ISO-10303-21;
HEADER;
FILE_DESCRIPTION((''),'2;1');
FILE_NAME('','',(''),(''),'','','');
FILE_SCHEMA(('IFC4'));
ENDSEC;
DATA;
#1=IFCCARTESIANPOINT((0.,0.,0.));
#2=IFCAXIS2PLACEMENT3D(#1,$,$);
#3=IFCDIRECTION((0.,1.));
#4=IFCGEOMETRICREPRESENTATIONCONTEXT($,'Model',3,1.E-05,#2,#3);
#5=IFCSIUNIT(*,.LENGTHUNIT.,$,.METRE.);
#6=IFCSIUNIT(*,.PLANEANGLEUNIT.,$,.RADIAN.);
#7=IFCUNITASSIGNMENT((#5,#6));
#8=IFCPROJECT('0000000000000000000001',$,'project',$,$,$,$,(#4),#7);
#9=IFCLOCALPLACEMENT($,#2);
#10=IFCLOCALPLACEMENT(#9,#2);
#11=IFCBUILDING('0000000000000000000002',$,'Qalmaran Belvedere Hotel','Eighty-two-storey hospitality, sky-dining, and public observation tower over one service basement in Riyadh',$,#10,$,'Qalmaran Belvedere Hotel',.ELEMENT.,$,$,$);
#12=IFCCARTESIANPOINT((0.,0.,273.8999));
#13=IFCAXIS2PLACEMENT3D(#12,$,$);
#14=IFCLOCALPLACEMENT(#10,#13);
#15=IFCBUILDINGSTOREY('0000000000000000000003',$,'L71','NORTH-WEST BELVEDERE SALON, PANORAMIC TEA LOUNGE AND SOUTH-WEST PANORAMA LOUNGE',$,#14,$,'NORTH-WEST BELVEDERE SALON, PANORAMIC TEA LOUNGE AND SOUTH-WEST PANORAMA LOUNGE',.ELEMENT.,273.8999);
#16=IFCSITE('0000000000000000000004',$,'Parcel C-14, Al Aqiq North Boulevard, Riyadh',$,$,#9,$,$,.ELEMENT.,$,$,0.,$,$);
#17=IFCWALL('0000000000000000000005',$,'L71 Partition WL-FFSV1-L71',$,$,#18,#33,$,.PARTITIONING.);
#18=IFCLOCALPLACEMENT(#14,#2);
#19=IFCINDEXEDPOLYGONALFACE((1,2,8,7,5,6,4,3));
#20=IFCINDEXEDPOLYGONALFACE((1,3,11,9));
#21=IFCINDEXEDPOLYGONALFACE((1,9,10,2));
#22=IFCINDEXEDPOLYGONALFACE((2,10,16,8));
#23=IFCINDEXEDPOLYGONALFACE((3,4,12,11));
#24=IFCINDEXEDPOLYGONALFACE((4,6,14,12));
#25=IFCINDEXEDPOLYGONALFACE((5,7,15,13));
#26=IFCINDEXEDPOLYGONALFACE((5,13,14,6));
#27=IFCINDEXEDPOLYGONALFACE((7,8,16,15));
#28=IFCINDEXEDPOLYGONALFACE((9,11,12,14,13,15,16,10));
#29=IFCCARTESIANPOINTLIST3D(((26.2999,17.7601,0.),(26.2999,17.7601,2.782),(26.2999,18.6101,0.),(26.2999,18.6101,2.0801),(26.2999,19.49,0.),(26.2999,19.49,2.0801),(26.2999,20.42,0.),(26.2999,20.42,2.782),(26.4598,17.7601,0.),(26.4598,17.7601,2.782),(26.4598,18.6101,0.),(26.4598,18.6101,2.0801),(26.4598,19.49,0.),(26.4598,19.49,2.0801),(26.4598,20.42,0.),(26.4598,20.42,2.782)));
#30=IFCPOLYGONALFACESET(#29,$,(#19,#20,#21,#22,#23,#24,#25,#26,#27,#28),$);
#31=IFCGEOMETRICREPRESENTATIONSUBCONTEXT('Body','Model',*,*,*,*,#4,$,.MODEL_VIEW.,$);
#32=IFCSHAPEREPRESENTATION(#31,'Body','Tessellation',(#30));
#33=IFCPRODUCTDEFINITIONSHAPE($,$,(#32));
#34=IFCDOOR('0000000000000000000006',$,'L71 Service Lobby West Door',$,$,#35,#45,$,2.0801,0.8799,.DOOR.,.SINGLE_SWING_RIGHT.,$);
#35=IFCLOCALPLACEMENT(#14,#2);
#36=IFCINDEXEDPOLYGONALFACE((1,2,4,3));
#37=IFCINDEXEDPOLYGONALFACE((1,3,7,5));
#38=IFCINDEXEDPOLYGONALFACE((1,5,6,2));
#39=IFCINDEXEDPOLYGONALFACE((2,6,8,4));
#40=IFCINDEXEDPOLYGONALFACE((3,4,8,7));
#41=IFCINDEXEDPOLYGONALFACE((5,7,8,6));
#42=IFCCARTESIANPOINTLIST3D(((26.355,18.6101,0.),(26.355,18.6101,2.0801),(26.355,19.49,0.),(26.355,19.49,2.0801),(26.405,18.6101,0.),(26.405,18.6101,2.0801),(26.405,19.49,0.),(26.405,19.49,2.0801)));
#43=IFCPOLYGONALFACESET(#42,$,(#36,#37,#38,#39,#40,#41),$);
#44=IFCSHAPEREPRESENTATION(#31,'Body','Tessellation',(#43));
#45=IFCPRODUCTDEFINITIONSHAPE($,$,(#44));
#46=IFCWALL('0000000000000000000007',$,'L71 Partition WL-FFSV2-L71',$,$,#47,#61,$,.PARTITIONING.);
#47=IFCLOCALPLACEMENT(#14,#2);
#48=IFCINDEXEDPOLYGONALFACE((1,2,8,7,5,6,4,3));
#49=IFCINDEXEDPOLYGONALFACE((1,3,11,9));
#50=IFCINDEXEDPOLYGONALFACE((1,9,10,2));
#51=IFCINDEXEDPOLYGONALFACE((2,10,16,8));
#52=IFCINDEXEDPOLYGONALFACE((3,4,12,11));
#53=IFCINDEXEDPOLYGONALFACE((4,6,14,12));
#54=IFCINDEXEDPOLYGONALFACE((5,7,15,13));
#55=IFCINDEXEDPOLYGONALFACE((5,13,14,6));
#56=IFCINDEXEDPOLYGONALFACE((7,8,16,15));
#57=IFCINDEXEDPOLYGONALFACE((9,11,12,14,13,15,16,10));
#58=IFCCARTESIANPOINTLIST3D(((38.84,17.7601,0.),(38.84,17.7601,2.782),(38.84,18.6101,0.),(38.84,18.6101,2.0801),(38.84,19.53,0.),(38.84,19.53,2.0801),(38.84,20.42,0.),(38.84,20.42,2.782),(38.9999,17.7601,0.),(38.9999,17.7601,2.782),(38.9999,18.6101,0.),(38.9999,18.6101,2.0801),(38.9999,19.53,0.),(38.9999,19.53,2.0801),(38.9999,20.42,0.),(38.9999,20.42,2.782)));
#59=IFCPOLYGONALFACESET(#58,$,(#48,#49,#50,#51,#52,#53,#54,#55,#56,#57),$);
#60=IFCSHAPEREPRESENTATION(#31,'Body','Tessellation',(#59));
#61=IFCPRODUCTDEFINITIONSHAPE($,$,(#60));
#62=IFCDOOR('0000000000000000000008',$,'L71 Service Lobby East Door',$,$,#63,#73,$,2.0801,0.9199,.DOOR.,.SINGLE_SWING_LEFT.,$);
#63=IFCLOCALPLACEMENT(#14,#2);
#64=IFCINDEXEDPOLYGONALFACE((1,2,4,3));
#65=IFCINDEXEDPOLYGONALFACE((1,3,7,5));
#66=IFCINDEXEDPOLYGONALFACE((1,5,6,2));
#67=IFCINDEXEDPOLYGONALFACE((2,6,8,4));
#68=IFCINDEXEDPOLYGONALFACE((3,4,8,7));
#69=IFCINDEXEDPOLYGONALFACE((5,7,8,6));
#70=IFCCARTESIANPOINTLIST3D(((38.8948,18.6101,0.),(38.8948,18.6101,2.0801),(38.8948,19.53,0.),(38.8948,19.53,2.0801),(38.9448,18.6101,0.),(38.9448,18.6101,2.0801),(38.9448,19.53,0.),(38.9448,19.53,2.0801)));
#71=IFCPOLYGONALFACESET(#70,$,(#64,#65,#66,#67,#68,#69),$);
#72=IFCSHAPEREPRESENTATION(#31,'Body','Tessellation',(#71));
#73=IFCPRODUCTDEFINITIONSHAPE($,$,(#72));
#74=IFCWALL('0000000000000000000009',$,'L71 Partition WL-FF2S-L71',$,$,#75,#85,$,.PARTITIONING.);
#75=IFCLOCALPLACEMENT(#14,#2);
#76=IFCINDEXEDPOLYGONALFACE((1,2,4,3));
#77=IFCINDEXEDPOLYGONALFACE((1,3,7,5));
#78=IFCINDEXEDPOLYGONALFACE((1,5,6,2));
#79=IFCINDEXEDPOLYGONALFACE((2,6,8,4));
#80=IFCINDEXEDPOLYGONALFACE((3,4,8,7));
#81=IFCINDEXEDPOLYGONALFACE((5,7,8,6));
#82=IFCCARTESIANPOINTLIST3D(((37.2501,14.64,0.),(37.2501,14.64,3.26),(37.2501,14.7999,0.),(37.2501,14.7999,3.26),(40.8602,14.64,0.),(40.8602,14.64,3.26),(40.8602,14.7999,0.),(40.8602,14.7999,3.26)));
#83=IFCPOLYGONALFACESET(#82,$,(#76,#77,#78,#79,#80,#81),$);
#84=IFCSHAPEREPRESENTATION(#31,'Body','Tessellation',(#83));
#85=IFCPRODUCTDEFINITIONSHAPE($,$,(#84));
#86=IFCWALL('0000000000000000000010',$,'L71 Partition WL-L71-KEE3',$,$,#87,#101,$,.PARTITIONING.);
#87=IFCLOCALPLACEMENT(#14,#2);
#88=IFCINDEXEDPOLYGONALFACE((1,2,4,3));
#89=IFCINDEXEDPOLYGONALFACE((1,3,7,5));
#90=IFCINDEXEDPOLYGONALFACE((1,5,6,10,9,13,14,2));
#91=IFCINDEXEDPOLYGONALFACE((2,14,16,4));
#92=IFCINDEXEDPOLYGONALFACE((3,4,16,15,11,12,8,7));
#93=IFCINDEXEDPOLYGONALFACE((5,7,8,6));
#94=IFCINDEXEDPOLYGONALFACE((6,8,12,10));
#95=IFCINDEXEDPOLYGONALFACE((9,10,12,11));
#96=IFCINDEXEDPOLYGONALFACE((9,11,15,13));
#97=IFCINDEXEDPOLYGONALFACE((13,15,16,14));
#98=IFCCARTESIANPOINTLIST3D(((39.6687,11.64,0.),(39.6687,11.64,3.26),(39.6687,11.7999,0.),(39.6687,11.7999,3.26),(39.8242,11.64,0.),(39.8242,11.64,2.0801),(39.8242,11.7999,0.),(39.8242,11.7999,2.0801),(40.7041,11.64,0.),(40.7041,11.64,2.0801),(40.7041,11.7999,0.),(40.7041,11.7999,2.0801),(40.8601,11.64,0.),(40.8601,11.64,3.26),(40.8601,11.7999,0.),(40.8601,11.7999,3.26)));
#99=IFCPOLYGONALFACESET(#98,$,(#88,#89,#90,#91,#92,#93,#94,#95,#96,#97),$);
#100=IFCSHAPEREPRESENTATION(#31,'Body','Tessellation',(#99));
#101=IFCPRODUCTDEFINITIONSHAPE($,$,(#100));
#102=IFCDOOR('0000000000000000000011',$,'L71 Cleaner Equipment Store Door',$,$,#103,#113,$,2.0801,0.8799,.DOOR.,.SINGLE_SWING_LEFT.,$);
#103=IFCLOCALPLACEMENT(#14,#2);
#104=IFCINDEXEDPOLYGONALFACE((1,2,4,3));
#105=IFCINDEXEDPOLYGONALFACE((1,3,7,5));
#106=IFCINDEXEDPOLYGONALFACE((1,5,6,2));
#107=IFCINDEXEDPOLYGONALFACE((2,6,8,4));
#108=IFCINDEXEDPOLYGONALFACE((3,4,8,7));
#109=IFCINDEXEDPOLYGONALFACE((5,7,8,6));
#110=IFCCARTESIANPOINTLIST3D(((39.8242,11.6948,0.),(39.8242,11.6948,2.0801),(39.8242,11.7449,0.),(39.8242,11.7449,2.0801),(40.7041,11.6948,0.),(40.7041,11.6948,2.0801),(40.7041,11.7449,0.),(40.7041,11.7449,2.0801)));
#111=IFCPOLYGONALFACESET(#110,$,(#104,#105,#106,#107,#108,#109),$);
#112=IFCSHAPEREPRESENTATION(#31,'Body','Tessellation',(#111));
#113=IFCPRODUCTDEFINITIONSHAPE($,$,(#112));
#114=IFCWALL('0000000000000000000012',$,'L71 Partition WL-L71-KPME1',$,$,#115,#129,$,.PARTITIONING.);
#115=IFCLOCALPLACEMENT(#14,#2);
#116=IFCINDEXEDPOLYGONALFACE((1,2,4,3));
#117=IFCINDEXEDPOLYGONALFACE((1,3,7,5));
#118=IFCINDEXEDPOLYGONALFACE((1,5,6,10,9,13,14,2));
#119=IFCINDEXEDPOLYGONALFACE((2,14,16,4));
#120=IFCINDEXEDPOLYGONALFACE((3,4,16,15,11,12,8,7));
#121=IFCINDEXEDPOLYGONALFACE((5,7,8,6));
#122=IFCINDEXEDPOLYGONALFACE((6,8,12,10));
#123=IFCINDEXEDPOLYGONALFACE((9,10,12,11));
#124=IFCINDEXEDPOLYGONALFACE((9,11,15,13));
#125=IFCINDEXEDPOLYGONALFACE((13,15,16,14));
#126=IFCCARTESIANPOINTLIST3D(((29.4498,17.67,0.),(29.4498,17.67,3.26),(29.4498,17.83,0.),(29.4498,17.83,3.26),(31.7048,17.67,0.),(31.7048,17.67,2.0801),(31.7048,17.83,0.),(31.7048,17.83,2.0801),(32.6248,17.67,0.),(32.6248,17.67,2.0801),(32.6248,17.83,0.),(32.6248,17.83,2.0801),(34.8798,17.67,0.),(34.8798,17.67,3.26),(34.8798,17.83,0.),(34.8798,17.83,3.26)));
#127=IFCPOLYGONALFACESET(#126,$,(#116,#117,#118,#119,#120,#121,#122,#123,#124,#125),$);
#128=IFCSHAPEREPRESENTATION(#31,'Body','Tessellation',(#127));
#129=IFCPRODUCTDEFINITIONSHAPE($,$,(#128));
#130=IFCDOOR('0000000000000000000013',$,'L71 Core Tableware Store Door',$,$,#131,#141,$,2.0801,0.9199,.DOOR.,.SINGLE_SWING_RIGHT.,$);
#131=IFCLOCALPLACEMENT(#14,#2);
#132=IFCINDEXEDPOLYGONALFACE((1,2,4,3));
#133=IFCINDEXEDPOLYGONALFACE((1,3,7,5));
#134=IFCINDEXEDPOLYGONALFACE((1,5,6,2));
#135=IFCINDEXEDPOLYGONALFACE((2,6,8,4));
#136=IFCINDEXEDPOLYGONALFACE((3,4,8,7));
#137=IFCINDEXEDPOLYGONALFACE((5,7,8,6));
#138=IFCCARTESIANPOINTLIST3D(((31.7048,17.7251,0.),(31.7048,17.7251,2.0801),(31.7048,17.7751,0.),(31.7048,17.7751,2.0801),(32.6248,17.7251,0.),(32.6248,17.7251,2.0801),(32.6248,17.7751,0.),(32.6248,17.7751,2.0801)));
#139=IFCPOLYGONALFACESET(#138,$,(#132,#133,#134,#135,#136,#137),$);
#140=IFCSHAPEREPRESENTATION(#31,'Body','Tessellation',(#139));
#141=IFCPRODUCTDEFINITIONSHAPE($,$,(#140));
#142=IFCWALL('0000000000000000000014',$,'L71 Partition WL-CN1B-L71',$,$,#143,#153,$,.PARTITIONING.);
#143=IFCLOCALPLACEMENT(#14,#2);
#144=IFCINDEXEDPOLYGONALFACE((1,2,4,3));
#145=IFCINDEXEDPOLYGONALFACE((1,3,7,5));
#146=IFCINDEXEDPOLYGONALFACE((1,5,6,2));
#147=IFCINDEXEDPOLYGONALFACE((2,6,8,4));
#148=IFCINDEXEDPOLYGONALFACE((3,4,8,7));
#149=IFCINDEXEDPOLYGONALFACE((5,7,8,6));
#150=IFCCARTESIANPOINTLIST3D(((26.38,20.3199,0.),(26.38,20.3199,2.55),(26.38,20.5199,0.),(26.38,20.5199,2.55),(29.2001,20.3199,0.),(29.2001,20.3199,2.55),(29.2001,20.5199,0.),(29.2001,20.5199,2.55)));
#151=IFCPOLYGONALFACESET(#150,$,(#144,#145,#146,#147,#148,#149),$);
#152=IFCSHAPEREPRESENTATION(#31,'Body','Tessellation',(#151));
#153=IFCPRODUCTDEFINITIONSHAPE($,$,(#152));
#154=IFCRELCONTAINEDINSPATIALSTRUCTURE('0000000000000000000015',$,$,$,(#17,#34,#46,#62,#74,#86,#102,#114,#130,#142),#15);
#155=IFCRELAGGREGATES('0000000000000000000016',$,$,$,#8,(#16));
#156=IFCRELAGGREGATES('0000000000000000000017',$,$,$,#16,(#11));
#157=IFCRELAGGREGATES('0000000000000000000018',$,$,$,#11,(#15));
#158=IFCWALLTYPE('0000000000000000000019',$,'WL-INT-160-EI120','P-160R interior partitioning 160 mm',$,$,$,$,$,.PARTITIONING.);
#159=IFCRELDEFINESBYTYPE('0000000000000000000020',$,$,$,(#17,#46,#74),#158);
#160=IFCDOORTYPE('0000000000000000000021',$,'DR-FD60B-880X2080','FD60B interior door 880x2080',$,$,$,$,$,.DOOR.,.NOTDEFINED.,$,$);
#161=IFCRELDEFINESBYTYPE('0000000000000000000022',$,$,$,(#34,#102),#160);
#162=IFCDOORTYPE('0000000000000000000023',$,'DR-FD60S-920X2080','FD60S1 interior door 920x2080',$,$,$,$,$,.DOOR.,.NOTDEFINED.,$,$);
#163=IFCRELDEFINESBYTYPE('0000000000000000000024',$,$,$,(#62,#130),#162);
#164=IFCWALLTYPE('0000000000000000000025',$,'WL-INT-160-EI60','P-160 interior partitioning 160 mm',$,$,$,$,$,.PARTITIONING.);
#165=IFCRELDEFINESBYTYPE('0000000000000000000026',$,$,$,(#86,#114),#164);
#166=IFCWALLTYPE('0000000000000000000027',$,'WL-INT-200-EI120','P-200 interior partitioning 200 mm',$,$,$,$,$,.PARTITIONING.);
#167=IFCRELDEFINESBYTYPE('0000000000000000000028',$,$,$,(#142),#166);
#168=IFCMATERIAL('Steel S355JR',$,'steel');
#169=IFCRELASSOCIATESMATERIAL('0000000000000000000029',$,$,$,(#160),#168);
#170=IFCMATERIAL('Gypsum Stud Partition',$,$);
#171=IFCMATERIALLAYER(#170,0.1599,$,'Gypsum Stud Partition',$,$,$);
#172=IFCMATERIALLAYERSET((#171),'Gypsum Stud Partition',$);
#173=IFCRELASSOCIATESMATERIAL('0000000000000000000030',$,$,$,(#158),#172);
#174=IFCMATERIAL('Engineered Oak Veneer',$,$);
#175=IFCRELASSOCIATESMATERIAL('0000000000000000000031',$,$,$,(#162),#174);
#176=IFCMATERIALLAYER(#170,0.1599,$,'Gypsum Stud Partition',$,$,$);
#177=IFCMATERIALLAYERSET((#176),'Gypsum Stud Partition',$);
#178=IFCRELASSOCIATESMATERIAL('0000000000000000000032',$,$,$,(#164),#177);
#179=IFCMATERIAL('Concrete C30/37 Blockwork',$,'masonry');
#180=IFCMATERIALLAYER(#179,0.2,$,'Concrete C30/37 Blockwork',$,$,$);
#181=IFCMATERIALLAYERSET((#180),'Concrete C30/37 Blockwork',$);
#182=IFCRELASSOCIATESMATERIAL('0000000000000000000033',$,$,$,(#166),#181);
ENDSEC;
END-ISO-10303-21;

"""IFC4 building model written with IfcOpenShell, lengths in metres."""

from ifc_helpers import new_model, si_unit, direction, frame, frame_2d, origin, place, context, subcontext, project, spatial, rectangle, extrude, material, layer, layer_set, type_object, element, fill, save


model = new_model("IFC4")

# Units and contexts
model_context = context("Model", 3, precision=1e-05, world=origin(), true_north=direction((0.0, 1.0)))
body_context = subcontext(model_context, "Body", "Model", "MODEL_VIEW")
ifc_project = project(units=[si_unit("LENGTHUNIT", "METRE"), si_unit("PLANEANGLEUNIT", "RADIAN")], contexts=[model_context])

# Site, building, storey
site_placement = place(None, origin())
site = spatial("IfcSite", under=ifc_project, at=site_placement, Name="Parcel C-14, Al Aqiq North Boulevard, Riyadh", CompositionType="ELEMENT", RefElevation=0.0)
building_placement = place(site_placement, origin())
building = spatial("IfcBuilding", under=site, at=building_placement, Name="Qalmaran Belvedere Hotel", Description="Eighty-two-storey hospitality, sky-dining, and public observation tower over one service basement in Riyadh", LongName="Qalmaran Belvedere Hotel", CompositionType="ELEMENT")
storey_placement = place(building_placement, frame((0.0, 0.0, 273.8999)))
storey = spatial("IfcBuildingStorey", under=building, at=storey_placement, Name="L71", Description="NORTH-WEST BELVEDERE SALON, PANORAMIC TEA LOUNGE AND SOUTH-WEST PANORAMA LOUNGE", LongName="NORTH-WEST BELVEDERE SALON, PANORAMIC TEA LOUNGE AND SOUTH-WEST PANORAMA LOUNGE", CompositionType="ELEMENT", Elevation=273.8999)

# Shared definitions
ifc_material_1 = material(Name="Steel S355JR", Category="steel")

# Shared definitions
ifc_material_2 = material(Name="Gypsum Stud Partition")

# Walls, openings, doors
door_type_1 = type_object("IfcDoorType", Name="DR-FD60B-880X2080", Description="FD60B interior door 880x2080", OperationType="NOTDEFINED", PredefinedType="DOOR", material=ifc_material_1)
ifc_layer_1 = layer(ifc_material_2, 0.1599, Name="Gypsum Stud Partition")
ifc_layer_set_1 = layer_set([ifc_layer_1], Name="Gypsum Stud Partition")
wall_type_1 = type_object("IfcWallType", Name="WL-INT-160-EI120", Description="P-160R interior partitioning 160 mm", PredefinedType="PARTITIONING", material=ifc_layer_set_1)
wall_1_placement = place(storey_placement, frame((26.3799, 17.76, 0.0), z_axis=(0.0, 0.0, 1.0), x_axis=(0.0, 1.0, 0.0)))
wall_1 = element("IfcWall", 1, at=wall_1_placement, inside=storey, type_object=wall_type_1, Name="L71 Partition WL-FFSV1-L71", PredefinedType="PARTITIONING", context=body_context, shape_type="SweptSolid", body=[
    extrude(rectangle(XDim=2.6599, YDim=0.1599, at=frame_2d((1.3301, 0.0))), origin(), (0.0, 0.0, 1.0), 2.782),
])
opening_1_placement = place(wall_1_placement, frame((0.8501, 0.0, 0.0)))
opening_1 = element("IfcOpeningElement", 2, at=opening_1_placement, cuts=wall_1, PredefinedType="OPENING", context=body_context, shape_type="SweptSolid", body=[
    extrude(rectangle(XDim=0.8799, YDim=2.0801, at=frame_2d((0.4399, 1.04))), frame((0.0, 0.0898, 0.0), z_axis=(0.0, -1.0, 0.0), x_axis=(1.0, 0.0, 0.0)), (0.0, 0.0, 1.0), 0.1799),
])
door_1_placement = place(opening_1_placement, origin())
door_1 = element("IfcDoor", 3, at=door_1_placement, inside=storey, type_object=door_type_1, Name="L71 Service Lobby West Door", OperationType="SINGLE_SWING_RIGHT", OverallHeight=2.0801, OverallWidth=0.8799, PredefinedType="DOOR", context=body_context, shape_type="SweptSolid", body=[
    extrude(rectangle(XDim=0.8799, YDim=2.0801, at=frame_2d((0.4399, 1.04))), frame((0.0, 0.0249, 0.0), z_axis=(0.0, -1.0, 0.0), x_axis=(1.0, 0.0, 0.0)), (0.0, 0.0, 1.0), 0.05),
])
fill(opening_1, door_1)
wall_2_placement = place(storey_placement, frame((38.9199, 17.76, 0.0), z_axis=(0.0, 0.0, 1.0), x_axis=(0.0, 1.0, 0.0)))
wall_2 = element("IfcWall", 4, at=wall_2_placement, inside=storey, type_object=wall_type_1, Name="L71 Partition WL-FFSV2-L71", PredefinedType="PARTITIONING", context=body_context, shape_type="SweptSolid", body=[
    extrude(rectangle(XDim=2.6599, YDim=0.1599, at=frame_2d((1.3301, 0.0))), origin(), (0.0, 0.0, 1.0), 2.782),
])
opening_2_placement = place(wall_2_placement, frame((1.77, 0.0, 0.0), z_axis=(0.0, 0.0, 1.0), x_axis=(-1.0, 0.0, 0.0)))
opening_2 = element("IfcOpeningElement", 5, at=opening_2_placement, cuts=wall_2, PredefinedType="OPENING", context=body_context, shape_type="SweptSolid", body=[
    extrude(rectangle(XDim=0.9199, YDim=2.0801, at=frame_2d((0.46, 1.04))), frame((0.0, 0.0898, 0.0), z_axis=(0.0, -1.0, 0.0), x_axis=(1.0, 0.0, 0.0)), (0.0, 0.0, 1.0), 0.1799),
])
ifc_material_3 = material(Name="Engineered Oak Veneer")
door_type_2 = type_object("IfcDoorType", Name="DR-FD60S-920X2080", Description="FD60S1 interior door 920x2080", OperationType="NOTDEFINED", PredefinedType="DOOR", material=ifc_material_3)
door_2_placement = place(opening_2_placement, origin())
door_2 = element("IfcDoor", 6, at=door_2_placement, inside=storey, type_object=door_type_2, Name="L71 Service Lobby East Door", OperationType="SINGLE_SWING_LEFT", OverallHeight=2.0801, OverallWidth=0.9199, PredefinedType="DOOR", context=body_context, shape_type="SweptSolid", body=[
    extrude(rectangle(XDim=0.9199, YDim=2.0801, at=frame_2d((0.46, 1.04))), frame((0.0, 0.0249, 0.0), z_axis=(0.0, -1.0, 0.0), x_axis=(1.0, 0.0, 0.0)), (0.0, 0.0, 1.0), 0.05),
])
fill(opening_2, door_2)

# Wall
wall_3_placement = place(storey_placement, frame((37.25, 14.72, 0.0), z_axis=(0.0, 0.0, 1.0), x_axis=(1.0, 0.0, 0.0)))
element("IfcWall", 7, at=wall_3_placement, inside=storey, type_object=wall_type_1, Name="L71 Partition WL-FF2S-L71", PredefinedType="PARTITIONING", context=body_context, shape_type="SweptSolid", body=[
    extrude(rectangle(XDim=3.6101, YDim=0.1599, at=frame_2d((1.8052, 0.0))), origin(), (0.0, 0.0, 1.0), 3.26),
])

# Walls, openings, doors
ifc_layer_2 = layer(ifc_material_2, 0.1599, Name="Gypsum Stud Partition")
ifc_layer_set_2 = layer_set([ifc_layer_2], Name="Gypsum Stud Partition")
wall_type_2 = type_object("IfcWallType", Name="WL-INT-160-EI60", Description="P-160 interior partitioning 160 mm", PredefinedType="PARTITIONING", material=ifc_layer_set_2)
wall_4_placement = place(storey_placement, frame((39.6687, 11.72, 0.0), z_axis=(0.0, 0.0, 1.0), x_axis=(1.0, 0.0, 0.0)))
wall_4 = element("IfcWall", 8, at=wall_4_placement, inside=storey, type_object=wall_type_2, Name="L71 Partition WL-L71-KEE3", PredefinedType="PARTITIONING", context=body_context, shape_type="SweptSolid", body=[
    extrude(rectangle(XDim=1.1914, YDim=0.1599, at=frame_2d((0.5957, 0.0))), origin(), (0.0, 0.0, 1.0), 3.26),
])
opening_3_placement = place(wall_4_placement, frame((0.1555, 0.0, 0.0)))
opening_3 = element("IfcOpeningElement", 9, at=opening_3_placement, cuts=wall_4, PredefinedType="OPENING", context=body_context, shape_type="SweptSolid", body=[
    extrude(rectangle(XDim=0.8799, YDim=2.0801, at=frame_2d((0.4399, 1.04))), frame((0.0, 0.0898, 0.0), z_axis=(0.0, -1.0, 0.0), x_axis=(1.0, 0.0, 0.0)), (0.0, 0.0, 1.0), 0.1799),
])
door_3_placement = place(opening_3_placement, origin())
door_3 = element("IfcDoor", 10, at=door_3_placement, inside=storey, type_object=door_type_1, Name="L71 Cleaner Equipment Store Door", OperationType="SINGLE_SWING_LEFT", OverallHeight=2.0801, OverallWidth=0.8799, PredefinedType="DOOR", context=body_context, shape_type="SweptSolid", body=[
    extrude(rectangle(XDim=0.8799, YDim=2.0801, at=frame_2d((0.4399, 1.04))), frame((0.0, 0.0249, 0.0), z_axis=(0.0, -1.0, 0.0), x_axis=(1.0, 0.0, 0.0)), (0.0, 0.0, 1.0), 0.05),
])
fill(opening_3, door_3)
wall_5_placement = place(storey_placement, frame((29.45, 17.75, 0.0), z_axis=(0.0, 0.0, 1.0), x_axis=(1.0, 0.0, 0.0)))
wall_5 = element("IfcWall", 11, at=wall_5_placement, inside=storey, type_object=wall_type_2, Name="L71 Partition WL-L71-KPME1", PredefinedType="PARTITIONING", context=body_context, shape_type="SweptSolid", body=[
    extrude(rectangle(XDim=5.4299, YDim=0.1599, at=frame_2d((2.7148, 0.0))), origin(), (0.0, 0.0, 1.0), 3.26),
])
opening_4_placement = place(wall_5_placement, frame((3.1748, 0.0, 0.0), z_axis=(0.0, 0.0, 1.0), x_axis=(-1.0, 0.0, 0.0)))
opening_4 = element("IfcOpeningElement", 12, at=opening_4_placement, cuts=wall_5, PredefinedType="OPENING", context=body_context, shape_type="SweptSolid", body=[
    extrude(rectangle(XDim=0.9199, YDim=2.0801, at=frame_2d((0.46, 1.04))), frame((0.0, 0.0898, 0.0), z_axis=(0.0, -1.0, 0.0), x_axis=(1.0, 0.0, 0.0)), (0.0, 0.0, 1.0), 0.1799),
])
door_4_placement = place(opening_4_placement, origin())
door_4 = element("IfcDoor", 13, at=door_4_placement, inside=storey, type_object=door_type_2, Name="L71 Core Tableware Store Door", OperationType="SINGLE_SWING_RIGHT", OverallHeight=2.0801, OverallWidth=0.9199, PredefinedType="DOOR", context=body_context, shape_type="SweptSolid", body=[
    extrude(rectangle(XDim=0.9199, YDim=2.0801, at=frame_2d((0.46, 1.04))), frame((0.0, 0.0249, 0.0), z_axis=(0.0, -1.0, 0.0), x_axis=(1.0, 0.0, 0.0)), (0.0, 0.0, 1.0), 0.05),
])
fill(opening_4, door_4)

# Wall
ifc_material_4 = material(Name="Concrete C30/37 Blockwork", Category="masonry")
ifc_layer_3 = layer(ifc_material_4, 0.2, Name="Concrete C30/37 Blockwork")
ifc_layer_set_3 = layer_set([ifc_layer_3], Name="Concrete C30/37 Blockwork")
wall_type_3 = type_object("IfcWallType", Name="WL-INT-200-EI120", Description="P-200 interior partitioning 200 mm", PredefinedType="PARTITIONING", material=ifc_layer_set_3)
wall_6_placement = place(storey_placement, frame((26.3799, 20.4199, 0.0), z_axis=(0.0, 0.0, 1.0), x_axis=(1.0, 0.0, 0.0)))
element("IfcWall", 14, at=wall_6_placement, inside=storey, type_object=wall_type_3, Name="L71 Partition WL-CN1B-L71", PredefinedType="PARTITIONING", context=body_context, shape_type="SweptSolid", body=[
    extrude(rectangle(XDim=2.8201, YDim=0.2, at=frame_2d((1.4102, 0.0))), origin(), (0.0, 0.0, 1.0), 2.55),
])

save(model, "model.ifc")
